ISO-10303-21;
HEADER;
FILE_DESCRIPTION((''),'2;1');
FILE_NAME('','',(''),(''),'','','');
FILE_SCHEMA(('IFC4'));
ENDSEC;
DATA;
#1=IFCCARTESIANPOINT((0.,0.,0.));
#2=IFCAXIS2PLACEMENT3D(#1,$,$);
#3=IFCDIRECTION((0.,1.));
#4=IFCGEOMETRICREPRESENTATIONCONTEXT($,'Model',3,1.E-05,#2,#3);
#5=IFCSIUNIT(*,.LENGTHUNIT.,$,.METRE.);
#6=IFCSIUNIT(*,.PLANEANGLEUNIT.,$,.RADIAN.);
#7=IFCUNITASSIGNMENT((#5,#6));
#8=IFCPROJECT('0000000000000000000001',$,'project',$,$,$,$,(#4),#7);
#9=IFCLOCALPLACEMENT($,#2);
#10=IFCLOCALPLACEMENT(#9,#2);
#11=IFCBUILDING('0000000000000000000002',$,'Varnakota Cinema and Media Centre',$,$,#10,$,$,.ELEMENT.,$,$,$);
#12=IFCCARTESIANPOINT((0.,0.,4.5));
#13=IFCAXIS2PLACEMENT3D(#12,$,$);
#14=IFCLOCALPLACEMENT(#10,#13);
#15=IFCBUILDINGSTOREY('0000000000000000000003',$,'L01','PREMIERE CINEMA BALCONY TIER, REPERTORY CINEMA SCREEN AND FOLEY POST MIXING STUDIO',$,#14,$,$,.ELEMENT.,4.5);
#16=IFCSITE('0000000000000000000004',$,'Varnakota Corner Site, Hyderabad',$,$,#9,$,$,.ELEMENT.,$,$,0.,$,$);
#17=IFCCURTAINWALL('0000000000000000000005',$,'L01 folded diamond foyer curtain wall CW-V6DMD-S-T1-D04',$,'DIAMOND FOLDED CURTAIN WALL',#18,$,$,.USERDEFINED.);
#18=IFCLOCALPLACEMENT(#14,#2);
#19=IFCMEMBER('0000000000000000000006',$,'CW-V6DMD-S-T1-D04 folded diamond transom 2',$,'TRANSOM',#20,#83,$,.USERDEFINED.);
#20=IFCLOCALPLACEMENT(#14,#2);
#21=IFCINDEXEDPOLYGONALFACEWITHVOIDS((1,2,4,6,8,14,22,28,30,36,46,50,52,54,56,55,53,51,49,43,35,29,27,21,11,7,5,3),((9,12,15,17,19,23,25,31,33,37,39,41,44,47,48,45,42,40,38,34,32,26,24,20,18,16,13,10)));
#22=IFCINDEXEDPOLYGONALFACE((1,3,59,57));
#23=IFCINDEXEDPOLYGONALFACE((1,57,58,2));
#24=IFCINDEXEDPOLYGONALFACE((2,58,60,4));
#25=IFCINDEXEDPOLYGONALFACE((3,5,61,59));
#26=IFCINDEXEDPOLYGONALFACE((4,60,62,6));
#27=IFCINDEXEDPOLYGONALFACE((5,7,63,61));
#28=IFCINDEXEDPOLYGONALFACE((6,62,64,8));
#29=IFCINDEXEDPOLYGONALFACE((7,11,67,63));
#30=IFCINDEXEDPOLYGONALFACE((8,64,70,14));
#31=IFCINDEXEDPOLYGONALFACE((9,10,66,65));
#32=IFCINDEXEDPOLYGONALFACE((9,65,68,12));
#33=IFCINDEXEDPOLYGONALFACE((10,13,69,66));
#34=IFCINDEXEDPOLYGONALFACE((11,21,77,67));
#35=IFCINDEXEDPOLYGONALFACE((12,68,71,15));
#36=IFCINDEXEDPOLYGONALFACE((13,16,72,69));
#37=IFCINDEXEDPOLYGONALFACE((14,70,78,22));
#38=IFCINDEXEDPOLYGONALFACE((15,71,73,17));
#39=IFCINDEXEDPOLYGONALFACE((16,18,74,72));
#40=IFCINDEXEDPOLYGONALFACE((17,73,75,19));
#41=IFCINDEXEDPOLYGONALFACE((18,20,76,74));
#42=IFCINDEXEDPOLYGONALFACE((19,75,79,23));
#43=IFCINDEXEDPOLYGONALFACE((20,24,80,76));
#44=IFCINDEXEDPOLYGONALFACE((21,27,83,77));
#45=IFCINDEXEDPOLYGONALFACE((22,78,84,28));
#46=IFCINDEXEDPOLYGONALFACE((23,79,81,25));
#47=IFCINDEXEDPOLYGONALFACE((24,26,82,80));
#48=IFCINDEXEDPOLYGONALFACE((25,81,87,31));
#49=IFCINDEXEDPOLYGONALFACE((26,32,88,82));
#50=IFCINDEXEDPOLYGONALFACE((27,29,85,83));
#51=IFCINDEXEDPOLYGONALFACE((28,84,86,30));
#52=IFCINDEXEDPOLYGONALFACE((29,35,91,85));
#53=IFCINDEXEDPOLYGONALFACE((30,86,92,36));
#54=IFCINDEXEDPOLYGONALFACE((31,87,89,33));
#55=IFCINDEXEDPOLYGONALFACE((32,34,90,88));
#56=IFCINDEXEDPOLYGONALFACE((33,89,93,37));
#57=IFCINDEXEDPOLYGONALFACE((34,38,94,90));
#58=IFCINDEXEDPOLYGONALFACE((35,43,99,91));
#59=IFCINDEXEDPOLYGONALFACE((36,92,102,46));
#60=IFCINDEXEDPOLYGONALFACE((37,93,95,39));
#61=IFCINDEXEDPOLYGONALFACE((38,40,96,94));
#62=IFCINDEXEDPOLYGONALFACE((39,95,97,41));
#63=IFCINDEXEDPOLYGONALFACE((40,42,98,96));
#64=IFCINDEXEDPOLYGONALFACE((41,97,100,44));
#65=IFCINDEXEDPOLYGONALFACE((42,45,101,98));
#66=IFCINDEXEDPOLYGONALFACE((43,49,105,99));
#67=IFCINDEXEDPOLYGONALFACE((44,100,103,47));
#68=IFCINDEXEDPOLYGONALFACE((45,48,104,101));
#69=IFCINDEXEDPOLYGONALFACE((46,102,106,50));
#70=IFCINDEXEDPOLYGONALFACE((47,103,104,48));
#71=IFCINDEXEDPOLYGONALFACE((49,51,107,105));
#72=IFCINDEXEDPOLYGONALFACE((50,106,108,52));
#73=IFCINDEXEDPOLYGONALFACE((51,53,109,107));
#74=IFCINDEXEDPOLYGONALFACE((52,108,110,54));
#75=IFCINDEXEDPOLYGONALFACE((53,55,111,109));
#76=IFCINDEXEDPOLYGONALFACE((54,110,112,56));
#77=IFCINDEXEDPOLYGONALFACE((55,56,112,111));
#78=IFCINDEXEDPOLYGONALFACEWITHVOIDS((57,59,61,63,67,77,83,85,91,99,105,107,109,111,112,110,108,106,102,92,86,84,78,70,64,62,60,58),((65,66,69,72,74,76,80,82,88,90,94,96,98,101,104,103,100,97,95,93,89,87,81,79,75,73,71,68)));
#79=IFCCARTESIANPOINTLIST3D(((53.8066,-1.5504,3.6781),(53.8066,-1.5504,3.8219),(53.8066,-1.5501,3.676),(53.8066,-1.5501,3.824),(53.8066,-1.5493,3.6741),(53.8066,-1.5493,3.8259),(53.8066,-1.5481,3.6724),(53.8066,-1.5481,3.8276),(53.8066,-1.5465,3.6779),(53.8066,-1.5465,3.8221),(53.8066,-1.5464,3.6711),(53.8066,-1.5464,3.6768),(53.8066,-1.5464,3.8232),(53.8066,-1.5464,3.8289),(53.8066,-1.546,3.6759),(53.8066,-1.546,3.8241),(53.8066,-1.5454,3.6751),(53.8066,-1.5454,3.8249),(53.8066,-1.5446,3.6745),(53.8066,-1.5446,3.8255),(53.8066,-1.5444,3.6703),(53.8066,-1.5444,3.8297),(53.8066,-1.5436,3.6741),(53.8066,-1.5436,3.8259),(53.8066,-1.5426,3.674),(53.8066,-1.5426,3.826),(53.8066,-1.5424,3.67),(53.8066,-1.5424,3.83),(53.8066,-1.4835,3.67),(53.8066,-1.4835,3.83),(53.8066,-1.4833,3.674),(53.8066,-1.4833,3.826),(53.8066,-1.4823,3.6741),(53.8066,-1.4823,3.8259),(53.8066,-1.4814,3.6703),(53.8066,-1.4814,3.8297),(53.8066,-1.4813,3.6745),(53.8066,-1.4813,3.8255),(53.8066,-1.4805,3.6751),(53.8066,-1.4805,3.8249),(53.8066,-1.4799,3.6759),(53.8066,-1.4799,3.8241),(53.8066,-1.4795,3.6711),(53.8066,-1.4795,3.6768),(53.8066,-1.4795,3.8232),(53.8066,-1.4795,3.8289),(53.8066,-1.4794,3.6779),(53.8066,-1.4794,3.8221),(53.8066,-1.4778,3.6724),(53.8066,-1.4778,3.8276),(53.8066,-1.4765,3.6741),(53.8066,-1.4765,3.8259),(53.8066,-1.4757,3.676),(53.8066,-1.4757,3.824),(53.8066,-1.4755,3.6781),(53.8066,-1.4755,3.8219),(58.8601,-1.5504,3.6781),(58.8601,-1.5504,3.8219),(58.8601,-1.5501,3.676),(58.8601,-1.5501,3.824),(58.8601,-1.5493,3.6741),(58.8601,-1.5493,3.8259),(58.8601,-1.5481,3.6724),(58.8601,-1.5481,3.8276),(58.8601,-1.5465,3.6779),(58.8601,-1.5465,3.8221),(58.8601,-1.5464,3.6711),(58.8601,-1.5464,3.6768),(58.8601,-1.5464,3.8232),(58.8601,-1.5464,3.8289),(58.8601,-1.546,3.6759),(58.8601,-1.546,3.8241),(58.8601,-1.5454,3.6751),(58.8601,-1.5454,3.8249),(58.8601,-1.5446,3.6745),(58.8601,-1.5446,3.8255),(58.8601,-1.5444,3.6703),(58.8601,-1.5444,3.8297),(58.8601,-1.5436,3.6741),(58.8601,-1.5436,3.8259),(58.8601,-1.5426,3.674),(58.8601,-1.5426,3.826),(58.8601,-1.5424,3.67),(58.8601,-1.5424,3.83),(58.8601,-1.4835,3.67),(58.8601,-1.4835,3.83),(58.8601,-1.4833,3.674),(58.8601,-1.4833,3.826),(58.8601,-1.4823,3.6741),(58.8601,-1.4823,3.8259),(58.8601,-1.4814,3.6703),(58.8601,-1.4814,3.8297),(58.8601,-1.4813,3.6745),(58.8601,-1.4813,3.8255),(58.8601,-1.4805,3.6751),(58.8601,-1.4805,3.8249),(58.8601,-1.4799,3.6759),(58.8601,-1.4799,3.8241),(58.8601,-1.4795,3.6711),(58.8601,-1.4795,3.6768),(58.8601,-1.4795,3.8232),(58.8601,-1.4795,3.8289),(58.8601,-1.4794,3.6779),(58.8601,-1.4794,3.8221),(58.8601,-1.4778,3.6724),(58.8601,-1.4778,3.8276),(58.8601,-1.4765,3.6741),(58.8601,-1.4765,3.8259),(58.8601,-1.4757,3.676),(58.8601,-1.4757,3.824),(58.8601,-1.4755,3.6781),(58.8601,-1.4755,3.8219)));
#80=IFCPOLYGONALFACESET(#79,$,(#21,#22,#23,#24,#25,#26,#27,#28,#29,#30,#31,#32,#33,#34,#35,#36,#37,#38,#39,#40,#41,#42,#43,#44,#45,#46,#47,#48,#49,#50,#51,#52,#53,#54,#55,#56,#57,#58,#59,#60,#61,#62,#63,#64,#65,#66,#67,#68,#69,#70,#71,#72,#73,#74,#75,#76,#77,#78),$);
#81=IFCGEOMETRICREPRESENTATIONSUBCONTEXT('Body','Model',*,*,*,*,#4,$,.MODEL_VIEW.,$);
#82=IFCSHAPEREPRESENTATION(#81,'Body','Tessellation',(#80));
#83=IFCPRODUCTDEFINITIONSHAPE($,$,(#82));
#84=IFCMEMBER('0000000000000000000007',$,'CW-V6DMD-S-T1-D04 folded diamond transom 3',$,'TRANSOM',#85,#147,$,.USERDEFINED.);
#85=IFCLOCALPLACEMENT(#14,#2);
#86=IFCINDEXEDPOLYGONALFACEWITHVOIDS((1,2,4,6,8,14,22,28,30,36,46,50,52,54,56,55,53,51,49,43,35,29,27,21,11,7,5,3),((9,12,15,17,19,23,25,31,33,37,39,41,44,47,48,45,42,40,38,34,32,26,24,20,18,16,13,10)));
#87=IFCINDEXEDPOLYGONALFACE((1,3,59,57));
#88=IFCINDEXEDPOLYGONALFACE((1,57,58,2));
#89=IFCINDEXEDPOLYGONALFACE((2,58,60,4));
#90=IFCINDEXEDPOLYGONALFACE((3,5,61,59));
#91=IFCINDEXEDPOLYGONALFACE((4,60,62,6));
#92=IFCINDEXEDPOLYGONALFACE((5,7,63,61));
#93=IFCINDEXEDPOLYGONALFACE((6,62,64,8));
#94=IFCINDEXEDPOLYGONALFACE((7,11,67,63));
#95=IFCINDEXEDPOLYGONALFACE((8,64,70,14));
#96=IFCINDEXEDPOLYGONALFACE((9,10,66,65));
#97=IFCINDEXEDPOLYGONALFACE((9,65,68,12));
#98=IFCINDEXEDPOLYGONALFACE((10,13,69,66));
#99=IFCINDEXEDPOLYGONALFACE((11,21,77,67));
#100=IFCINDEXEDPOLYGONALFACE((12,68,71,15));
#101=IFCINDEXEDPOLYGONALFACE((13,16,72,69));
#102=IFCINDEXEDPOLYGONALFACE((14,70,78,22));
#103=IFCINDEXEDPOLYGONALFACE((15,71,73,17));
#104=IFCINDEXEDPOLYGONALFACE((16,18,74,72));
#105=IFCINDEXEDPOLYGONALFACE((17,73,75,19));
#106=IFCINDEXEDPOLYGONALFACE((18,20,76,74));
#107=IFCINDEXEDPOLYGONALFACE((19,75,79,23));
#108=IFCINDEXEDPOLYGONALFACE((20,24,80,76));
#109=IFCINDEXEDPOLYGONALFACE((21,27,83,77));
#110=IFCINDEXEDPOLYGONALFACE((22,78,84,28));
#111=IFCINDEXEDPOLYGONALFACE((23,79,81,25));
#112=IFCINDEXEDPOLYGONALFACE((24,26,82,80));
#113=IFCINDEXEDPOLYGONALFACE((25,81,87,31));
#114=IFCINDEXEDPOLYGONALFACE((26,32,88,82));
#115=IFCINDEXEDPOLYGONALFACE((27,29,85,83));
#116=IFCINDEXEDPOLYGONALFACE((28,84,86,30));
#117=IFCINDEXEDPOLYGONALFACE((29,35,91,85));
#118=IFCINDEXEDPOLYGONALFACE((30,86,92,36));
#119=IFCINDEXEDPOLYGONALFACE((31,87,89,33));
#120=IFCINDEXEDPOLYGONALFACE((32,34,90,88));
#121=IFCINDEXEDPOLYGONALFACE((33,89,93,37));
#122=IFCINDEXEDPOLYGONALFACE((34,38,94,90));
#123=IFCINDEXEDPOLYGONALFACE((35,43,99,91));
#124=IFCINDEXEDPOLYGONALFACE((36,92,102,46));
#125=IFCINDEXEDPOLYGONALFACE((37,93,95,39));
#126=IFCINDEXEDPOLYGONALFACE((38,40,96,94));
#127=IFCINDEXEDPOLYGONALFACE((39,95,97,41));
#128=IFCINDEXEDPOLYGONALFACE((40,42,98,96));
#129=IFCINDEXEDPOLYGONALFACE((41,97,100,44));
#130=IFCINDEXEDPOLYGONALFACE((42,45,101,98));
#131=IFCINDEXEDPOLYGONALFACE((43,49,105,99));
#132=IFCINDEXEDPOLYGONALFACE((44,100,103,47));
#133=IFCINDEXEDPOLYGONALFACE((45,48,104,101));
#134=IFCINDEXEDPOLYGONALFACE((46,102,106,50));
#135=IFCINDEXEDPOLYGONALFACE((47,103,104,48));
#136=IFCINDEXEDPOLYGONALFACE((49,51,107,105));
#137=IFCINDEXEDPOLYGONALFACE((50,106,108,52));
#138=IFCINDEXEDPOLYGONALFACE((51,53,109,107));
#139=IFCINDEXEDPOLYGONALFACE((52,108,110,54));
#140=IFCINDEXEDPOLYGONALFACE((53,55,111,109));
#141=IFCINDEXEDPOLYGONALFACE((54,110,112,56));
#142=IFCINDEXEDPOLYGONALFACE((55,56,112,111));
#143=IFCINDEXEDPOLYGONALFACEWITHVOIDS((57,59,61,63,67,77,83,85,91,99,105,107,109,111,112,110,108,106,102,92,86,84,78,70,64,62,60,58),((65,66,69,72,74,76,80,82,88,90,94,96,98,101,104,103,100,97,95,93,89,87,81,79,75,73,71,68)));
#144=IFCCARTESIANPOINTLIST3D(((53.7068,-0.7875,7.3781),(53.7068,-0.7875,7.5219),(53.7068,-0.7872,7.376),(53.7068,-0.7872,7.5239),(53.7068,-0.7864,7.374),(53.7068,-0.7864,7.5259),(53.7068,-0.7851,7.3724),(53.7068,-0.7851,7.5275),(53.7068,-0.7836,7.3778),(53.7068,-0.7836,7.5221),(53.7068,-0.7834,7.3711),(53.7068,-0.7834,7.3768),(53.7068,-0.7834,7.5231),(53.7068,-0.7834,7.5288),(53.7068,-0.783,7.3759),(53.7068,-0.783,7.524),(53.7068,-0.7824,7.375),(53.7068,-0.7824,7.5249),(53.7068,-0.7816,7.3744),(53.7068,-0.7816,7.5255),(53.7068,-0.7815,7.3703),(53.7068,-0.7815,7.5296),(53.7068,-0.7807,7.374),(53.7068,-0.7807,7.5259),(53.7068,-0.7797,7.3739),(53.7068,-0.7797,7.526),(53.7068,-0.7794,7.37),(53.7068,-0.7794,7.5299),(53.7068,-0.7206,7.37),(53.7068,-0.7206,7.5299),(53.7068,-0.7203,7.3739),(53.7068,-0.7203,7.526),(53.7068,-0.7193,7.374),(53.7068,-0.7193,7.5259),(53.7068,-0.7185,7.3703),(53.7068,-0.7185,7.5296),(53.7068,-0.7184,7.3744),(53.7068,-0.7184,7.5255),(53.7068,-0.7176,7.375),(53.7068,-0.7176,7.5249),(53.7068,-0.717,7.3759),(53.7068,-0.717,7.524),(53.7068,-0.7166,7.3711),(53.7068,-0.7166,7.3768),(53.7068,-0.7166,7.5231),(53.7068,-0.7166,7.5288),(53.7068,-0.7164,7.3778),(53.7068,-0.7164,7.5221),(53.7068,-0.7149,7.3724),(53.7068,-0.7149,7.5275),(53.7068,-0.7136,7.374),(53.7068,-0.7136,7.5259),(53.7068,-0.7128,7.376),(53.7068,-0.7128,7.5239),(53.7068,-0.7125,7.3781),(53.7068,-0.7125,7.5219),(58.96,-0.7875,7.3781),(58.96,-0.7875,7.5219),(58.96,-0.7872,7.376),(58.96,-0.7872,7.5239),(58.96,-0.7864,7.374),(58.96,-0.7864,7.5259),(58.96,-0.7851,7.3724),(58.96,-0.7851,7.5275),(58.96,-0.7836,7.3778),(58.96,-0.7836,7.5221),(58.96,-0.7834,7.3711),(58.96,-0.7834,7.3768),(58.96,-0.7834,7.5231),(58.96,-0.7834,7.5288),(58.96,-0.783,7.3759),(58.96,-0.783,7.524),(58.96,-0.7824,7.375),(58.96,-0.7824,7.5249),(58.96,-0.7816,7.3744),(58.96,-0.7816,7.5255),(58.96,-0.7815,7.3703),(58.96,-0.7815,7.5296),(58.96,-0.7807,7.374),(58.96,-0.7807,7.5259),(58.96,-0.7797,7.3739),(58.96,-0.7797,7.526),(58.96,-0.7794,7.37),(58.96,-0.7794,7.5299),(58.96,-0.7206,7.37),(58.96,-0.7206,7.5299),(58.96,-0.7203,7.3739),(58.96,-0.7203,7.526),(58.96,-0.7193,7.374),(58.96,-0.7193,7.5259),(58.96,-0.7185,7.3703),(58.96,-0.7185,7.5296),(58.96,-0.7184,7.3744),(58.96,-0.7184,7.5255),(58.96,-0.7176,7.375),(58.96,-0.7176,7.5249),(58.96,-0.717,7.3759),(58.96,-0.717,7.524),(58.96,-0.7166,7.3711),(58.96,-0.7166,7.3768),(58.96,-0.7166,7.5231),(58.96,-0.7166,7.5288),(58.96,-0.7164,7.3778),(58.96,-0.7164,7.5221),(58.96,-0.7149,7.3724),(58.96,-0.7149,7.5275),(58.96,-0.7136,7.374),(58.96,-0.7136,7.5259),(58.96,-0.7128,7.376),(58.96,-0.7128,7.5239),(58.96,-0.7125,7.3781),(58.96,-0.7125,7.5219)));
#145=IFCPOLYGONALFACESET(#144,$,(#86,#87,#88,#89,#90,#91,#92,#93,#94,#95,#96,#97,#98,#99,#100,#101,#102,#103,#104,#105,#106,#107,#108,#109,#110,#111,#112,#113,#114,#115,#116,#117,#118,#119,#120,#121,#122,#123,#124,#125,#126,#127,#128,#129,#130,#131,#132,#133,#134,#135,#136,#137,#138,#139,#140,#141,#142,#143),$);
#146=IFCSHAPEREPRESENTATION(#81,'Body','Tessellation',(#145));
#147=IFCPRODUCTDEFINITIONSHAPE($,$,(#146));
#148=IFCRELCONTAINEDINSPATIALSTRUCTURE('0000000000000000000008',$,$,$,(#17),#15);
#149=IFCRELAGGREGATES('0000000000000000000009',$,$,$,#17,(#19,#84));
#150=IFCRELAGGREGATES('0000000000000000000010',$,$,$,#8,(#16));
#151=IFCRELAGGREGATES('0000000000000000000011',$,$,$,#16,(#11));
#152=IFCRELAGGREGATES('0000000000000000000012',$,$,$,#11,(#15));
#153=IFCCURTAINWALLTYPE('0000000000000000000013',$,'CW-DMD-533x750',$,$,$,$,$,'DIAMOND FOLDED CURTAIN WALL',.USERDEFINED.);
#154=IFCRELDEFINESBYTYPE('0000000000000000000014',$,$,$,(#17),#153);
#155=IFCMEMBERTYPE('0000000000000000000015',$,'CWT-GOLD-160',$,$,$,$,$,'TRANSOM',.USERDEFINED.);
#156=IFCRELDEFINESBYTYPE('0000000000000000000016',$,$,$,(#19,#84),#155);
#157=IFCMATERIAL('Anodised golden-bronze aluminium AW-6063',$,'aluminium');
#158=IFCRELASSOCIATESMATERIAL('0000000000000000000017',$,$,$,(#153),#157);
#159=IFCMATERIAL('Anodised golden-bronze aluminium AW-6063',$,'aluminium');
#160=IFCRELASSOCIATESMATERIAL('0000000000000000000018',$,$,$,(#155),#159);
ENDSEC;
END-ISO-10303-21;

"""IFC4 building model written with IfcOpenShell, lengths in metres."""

from ifc_helpers import new_model, si_unit, direction, frame, origin, origin_2d, place, context, subcontext, project, spatial, hollow_rectangle, extrude, material, material_profile, profile_set, type_object, element, aggregate, save


model = new_model("IFC4")

# Units and contexts
model_context = context("Model", 3, precision=1e-05, world=origin(), true_north=direction((0.0, 1.0)))
body_context = subcontext(model_context, "Body", "Model", "MODEL_VIEW")
ifc_project = project(units=[si_unit("LENGTHUNIT", "METRE"), si_unit("PLANEANGLEUNIT", "RADIAN")], contexts=[model_context])

# Site, building, storey
site_placement = place(None, origin())
site = spatial("IfcSite", under=ifc_project, at=site_placement, Name="Varnakota Corner Site, Hyderabad", CompositionType="ELEMENT", RefElevation=0.0)
building_placement = place(site_placement, origin())
building = spatial("IfcBuilding", under=site, at=building_placement, Name="Varnakota Cinema and Media Centre", CompositionType="ELEMENT")
storey_placement = place(building_placement, frame((0.0, 0.0, 4.5)))
storey = spatial("IfcBuildingStorey", under=building, at=storey_placement, Name="L01", Description="PREMIERE CINEMA BALCONY TIER, REPERTORY CINEMA SCREEN AND FOLEY POST MIXING STUDIO", CompositionType="ELEMENT", Elevation=4.5)

# Shared definitions
ifc_material_1 = material(Name="Anodised golden-bronze aluminium AW-6063", Category="aluminium")
curtain_wall_type = type_object("IfcCurtainWallType", Name="CW-DMD-533x750", ElementType="DIAMOND FOLDED CURTAIN WALL", PredefinedType="USERDEFINED", material=ifc_material_1)

# Curtain wall
curtain_wall_1_placement = place(storey_placement, origin())
curtain_wall_1 = element("IfcCurtainWall", 1, at=curtain_wall_1_placement, inside=storey, type_object=curtain_wall_type, Name="L01 folded diamond foyer curtain wall CW-V6DMD-S-T1-D04", ObjectType="DIAMOND FOLDED CURTAIN WALL", PredefinedType="USERDEFINED")

# Members
ifc_material_2 = material(Name="Anodised golden-bronze aluminium AW-6063", Category="aluminium")
ifc_material_profile_1 = material_profile(ifc_material_2, hollow_rectangle(XDim=0.075, YDim=0.1599, WallThickness=0.0039, InnerFilletRadius=0.0039, OuterFilletRadius=0.0081, at=origin_2d()), Name="AL-TRANSOM 160x75x4")
ifc_profile_set_1 = profile_set([ifc_material_profile_1], Name="Anodised golden-bronze aluminium AW-6063")
member_type_1 = type_object("IfcMemberType", Name="CWT-GOLD-160", ElementType="TRANSOM", PredefinedType="USERDEFINED", material=ifc_profile_set_1)
member_1_placement = place(storey_placement, frame((58.8601, -1.5129, 3.75), z_axis=(-1.0, 0.0, 0.0), x_axis=(0.0, -1.0, 0.0)))
member_1 = element("IfcMember", 2, at=member_1_placement, type_object=member_type_1, Name="CW-V6DMD-S-T1-D04 folded diamond transom 2", ObjectType="TRANSOM", PredefinedType="USERDEFINED", context=body_context, shape_type="SweptSolid", body=[
    extrude(hollow_rectangle(XDim=0.075, YDim=0.1599, WallThickness=0.0039, InnerFilletRadius=0.0039, OuterFilletRadius=0.0081, at=origin_2d()), origin(), (0.0, 0.0, 1.0), 5.0535),
])
member_2_placement = place(storey_placement, frame((58.96, -0.75, 7.45), z_axis=(-1.0, 0.0, 0.0), x_axis=(0.0, -1.0, 0.0)))
member_2 = element("IfcMember", 3, at=member_2_placement, type_object=member_type_1, Name="CW-V6DMD-S-T1-D04 folded diamond transom 3", ObjectType="TRANSOM", PredefinedType="USERDEFINED", context=body_context, shape_type="SweptSolid", body=[
    extrude(hollow_rectangle(XDim=0.075, YDim=0.1599, WallThickness=0.0039, InnerFilletRadius=0.0039, OuterFilletRadius=0.0081, at=origin_2d()), origin(), (0.0, 0.0, 1.0), 5.2532),
])

aggregate(curtain_wall_1, [member_1, member_2])

save(model, "model.ifc")
